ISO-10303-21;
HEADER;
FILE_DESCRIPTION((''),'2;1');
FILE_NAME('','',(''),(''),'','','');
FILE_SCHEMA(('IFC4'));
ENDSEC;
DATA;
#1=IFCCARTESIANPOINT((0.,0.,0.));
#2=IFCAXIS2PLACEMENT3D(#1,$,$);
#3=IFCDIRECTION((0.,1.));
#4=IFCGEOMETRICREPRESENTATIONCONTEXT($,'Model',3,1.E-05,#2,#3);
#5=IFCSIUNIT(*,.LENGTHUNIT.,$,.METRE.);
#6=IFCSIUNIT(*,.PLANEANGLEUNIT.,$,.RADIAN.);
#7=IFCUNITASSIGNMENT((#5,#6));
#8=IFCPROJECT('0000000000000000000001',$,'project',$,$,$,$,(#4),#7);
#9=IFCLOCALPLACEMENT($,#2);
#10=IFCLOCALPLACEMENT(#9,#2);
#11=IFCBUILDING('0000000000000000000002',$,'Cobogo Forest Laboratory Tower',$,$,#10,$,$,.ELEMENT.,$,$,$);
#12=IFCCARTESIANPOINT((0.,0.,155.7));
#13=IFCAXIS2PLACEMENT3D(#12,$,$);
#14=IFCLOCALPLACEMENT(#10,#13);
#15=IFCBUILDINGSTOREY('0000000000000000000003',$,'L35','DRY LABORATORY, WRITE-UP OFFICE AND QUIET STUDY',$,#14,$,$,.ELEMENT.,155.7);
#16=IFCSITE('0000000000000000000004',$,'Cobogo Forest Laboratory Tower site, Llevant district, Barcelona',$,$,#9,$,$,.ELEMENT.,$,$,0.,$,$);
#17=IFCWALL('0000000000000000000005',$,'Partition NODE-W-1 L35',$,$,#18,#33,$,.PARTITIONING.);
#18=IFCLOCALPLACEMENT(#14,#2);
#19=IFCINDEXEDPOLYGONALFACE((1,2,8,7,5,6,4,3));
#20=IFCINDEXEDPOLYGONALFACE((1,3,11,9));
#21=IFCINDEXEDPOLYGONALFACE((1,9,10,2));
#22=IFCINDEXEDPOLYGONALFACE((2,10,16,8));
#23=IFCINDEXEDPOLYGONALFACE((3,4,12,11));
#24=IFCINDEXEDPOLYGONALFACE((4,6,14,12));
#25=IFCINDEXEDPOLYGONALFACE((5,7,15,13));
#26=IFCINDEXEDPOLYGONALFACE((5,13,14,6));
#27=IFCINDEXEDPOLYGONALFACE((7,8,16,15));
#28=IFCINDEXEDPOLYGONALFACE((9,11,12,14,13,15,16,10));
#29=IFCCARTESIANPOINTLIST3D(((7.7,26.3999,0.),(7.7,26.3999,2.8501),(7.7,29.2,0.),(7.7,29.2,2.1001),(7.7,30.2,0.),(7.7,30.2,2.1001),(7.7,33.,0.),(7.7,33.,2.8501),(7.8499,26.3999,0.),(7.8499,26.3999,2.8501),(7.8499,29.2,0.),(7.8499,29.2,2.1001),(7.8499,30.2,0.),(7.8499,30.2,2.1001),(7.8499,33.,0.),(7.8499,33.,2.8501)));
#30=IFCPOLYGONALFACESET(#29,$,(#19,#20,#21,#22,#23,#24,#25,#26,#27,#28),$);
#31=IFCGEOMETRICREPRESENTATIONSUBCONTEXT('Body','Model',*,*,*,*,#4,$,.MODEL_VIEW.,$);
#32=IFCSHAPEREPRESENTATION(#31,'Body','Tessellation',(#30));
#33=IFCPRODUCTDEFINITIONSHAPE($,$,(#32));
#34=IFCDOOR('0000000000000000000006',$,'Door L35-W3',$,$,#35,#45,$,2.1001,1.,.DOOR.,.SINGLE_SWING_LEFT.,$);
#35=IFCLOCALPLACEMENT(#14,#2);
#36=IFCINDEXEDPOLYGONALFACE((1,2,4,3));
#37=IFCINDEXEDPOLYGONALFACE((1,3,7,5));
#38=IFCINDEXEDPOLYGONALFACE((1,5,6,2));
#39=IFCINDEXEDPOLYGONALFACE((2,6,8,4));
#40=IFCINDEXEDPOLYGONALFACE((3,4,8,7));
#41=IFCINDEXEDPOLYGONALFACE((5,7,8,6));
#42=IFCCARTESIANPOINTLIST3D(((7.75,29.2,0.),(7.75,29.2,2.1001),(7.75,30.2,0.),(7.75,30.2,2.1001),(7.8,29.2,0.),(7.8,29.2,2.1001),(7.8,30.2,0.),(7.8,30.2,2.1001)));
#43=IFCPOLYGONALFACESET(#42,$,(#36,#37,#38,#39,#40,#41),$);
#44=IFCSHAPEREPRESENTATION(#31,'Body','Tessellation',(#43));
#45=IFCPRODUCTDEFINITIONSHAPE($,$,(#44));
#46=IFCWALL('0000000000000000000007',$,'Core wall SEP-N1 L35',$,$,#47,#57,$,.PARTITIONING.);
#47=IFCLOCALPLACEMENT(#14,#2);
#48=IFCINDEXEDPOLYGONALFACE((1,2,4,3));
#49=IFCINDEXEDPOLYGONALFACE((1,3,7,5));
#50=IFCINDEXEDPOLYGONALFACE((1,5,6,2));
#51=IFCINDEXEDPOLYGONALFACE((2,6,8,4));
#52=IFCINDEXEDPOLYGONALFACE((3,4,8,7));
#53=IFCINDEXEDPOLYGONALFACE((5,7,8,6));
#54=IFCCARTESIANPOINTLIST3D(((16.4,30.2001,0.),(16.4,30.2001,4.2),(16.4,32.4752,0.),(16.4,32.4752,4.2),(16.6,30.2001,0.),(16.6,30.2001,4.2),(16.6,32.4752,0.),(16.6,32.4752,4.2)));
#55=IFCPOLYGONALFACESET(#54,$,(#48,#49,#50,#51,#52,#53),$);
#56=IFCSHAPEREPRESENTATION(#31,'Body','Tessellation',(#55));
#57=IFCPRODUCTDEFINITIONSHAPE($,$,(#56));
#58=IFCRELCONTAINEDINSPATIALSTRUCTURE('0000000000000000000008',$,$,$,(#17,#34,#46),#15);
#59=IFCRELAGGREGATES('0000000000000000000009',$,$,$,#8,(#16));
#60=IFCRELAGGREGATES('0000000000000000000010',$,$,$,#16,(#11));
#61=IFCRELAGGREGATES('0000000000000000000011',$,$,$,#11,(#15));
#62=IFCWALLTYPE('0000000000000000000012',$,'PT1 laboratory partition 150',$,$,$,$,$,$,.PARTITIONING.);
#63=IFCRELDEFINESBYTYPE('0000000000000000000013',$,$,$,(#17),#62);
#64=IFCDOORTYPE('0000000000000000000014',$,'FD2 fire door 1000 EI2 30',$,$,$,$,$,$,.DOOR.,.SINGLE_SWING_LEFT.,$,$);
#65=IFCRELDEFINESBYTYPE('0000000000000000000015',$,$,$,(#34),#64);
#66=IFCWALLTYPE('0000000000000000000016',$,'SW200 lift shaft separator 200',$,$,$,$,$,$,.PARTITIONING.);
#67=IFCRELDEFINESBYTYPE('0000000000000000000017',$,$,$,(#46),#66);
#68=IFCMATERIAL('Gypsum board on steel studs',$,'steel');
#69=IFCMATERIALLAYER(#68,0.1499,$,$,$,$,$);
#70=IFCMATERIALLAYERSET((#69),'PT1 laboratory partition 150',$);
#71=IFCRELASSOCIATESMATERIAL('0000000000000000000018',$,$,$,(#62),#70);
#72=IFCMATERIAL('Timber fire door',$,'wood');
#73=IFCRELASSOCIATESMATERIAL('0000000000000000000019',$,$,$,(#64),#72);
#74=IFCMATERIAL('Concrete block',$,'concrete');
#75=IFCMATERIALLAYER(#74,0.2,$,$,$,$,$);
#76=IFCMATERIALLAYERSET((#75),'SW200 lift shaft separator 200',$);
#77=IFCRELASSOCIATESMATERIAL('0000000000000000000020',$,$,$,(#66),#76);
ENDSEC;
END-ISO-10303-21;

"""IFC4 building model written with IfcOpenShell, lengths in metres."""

from ifc_helpers import new_model, si_unit, direction, frame, frame_2d, origin, place, context, subcontext, project, spatial, rectangle, extrude, material, layer, layer_set, type_object, element, fill, save


model = new_model("IFC4")

# Units and contexts
model_context = context("Model", 3, precision=1e-05, world=origin(), true_north=direction((0.0, 1.0)))
body_context = subcontext(model_context, "Body", "Model", "MODEL_VIEW")
ifc_project = project(units=[si_unit("LENGTHUNIT", "METRE"), si_unit("PLANEANGLEUNIT", "RADIAN")], contexts=[model_context])

# Site, building, storey
site_placement = place(None, origin())
site = spatial("IfcSite", under=ifc_project, at=site_placement, Name="Cobogo Forest Laboratory Tower site, Llevant district, Barcelona", CompositionType="ELEMENT", RefElevation=0.0)
building_placement = place(site_placement, origin())
building = spatial("IfcBuilding", under=site, at=building_placement, Name="Cobogo Forest Laboratory Tower", CompositionType="ELEMENT")
storey_placement = place(building_placement, frame((0.0, 0.0, 155.7)))
storey = spatial("IfcBuildingStorey", under=building, at=storey_placement, Name="L35", Description="DRY LABORATORY, WRITE-UP OFFICE AND QUIET STUDY", CompositionType="ELEMENT", Elevation=155.7)

# Wall, opening, door
ifc_material_1 = material(Name="Gypsum board on steel studs", Category="steel")
ifc_layer_1 = layer(ifc_material_1, 0.1499)
ifc_layer_set_1 = layer_set([ifc_layer_1], Name="PT1 laboratory partition 150")
wall_type_1 = type_object("IfcWallType", Name="PT1 laboratory partition 150", PredefinedType="PARTITIONING", material=ifc_layer_set_1)
wall_1_placement = place(storey_placement, frame((7.7749, 26.3999, 0.0), z_axis=(0.0, 0.0, 1.0), x_axis=(0.0, 1.0, 0.0)))
wall_1 = element("IfcWall", 1, at=wall_1_placement, inside=storey, type_object=wall_type_1, Name="Partition NODE-W-1 L35", PredefinedType="PARTITIONING", context=body_context, shape_type="SweptSolid", body=[
    extrude(rectangle(XDim=6.6001, YDim=0.1499, at=frame_2d((3.3, 0.0))), origin(), (0.0, 0.0, 1.0), 2.8501),
])
opening_1_placement = place(wall_1_placement, frame((2.8, 0.0, 0.0)))
opening_1 = element("IfcOpeningElement", 2, at=opening_1_placement, cuts=wall_1, PredefinedType="OPENING", context=body_context, shape_type="SweptSolid", body=[
    extrude(rectangle(XDim=1.0, YDim=2.1001, at=frame_2d((0.5, 1.05))), frame((0.0, 0.085, 0.0), z_axis=(0.0, -1.0, 0.0), x_axis=(1.0, 0.0, 0.0)), (0.0, 0.0, 1.0), 0.1699),
])
ifc_material_2 = material(Name="Timber fire door", Category="wood")
door_type_1 = type_object("IfcDoorType", Name="FD2 fire door 1000 EI2 30", OperationType="SINGLE_SWING_LEFT", PredefinedType="DOOR", material=ifc_material_2)
door_1_placement = place(opening_1_placement, origin())
door_1 = element("IfcDoor", 3, at=door_1_placement, inside=storey, type_object=door_type_1, Name="Door L35-W3", OperationType="SINGLE_SWING_LEFT", OverallHeight=2.1001, OverallWidth=1.0, PredefinedType="DOOR", context=body_context, shape_type="SweptSolid", body=[
    extrude(rectangle(XDim=1.0, YDim=2.1001, at=frame_2d((0.5, 1.05))), frame((0.0, 0.0249, 0.0), z_axis=(0.0, -1.0, 0.0), x_axis=(1.0, 0.0, 0.0)), (0.0, 0.0, 1.0), 0.05),
])
fill(opening_1, door_1)

# Wall
ifc_material_3 = material(Name="Concrete block", Category="concrete")
ifc_layer_2 = layer(ifc_material_3, 0.2)
ifc_layer_set_2 = layer_set([ifc_layer_2], Name="SW200 lift shaft separator 200")
wall_type_2 = type_object("IfcWallType", Name="SW200 lift shaft separator 200", PredefinedType="PARTITIONING", material=ifc_layer_set_2)
wall_2_placement = place(storey_placement, frame((16.5, 30.2, 0.0), z_axis=(0.0, 0.0, 1.0), x_axis=(0.0, 1.0, 0.0)))
element("IfcWall", 4, at=wall_2_placement, inside=storey, type_object=wall_type_2, Name="Core wall SEP-N1 L35", PredefinedType="PARTITIONING", context=body_context, shape_type="SweptSolid", body=[
    extrude(rectangle(XDim=2.2751, YDim=0.2, at=frame_2d((1.1377, 0.0))), origin(), (0.0, 0.0, 1.0), 4.2),
])

save(model, "model.ifc")
